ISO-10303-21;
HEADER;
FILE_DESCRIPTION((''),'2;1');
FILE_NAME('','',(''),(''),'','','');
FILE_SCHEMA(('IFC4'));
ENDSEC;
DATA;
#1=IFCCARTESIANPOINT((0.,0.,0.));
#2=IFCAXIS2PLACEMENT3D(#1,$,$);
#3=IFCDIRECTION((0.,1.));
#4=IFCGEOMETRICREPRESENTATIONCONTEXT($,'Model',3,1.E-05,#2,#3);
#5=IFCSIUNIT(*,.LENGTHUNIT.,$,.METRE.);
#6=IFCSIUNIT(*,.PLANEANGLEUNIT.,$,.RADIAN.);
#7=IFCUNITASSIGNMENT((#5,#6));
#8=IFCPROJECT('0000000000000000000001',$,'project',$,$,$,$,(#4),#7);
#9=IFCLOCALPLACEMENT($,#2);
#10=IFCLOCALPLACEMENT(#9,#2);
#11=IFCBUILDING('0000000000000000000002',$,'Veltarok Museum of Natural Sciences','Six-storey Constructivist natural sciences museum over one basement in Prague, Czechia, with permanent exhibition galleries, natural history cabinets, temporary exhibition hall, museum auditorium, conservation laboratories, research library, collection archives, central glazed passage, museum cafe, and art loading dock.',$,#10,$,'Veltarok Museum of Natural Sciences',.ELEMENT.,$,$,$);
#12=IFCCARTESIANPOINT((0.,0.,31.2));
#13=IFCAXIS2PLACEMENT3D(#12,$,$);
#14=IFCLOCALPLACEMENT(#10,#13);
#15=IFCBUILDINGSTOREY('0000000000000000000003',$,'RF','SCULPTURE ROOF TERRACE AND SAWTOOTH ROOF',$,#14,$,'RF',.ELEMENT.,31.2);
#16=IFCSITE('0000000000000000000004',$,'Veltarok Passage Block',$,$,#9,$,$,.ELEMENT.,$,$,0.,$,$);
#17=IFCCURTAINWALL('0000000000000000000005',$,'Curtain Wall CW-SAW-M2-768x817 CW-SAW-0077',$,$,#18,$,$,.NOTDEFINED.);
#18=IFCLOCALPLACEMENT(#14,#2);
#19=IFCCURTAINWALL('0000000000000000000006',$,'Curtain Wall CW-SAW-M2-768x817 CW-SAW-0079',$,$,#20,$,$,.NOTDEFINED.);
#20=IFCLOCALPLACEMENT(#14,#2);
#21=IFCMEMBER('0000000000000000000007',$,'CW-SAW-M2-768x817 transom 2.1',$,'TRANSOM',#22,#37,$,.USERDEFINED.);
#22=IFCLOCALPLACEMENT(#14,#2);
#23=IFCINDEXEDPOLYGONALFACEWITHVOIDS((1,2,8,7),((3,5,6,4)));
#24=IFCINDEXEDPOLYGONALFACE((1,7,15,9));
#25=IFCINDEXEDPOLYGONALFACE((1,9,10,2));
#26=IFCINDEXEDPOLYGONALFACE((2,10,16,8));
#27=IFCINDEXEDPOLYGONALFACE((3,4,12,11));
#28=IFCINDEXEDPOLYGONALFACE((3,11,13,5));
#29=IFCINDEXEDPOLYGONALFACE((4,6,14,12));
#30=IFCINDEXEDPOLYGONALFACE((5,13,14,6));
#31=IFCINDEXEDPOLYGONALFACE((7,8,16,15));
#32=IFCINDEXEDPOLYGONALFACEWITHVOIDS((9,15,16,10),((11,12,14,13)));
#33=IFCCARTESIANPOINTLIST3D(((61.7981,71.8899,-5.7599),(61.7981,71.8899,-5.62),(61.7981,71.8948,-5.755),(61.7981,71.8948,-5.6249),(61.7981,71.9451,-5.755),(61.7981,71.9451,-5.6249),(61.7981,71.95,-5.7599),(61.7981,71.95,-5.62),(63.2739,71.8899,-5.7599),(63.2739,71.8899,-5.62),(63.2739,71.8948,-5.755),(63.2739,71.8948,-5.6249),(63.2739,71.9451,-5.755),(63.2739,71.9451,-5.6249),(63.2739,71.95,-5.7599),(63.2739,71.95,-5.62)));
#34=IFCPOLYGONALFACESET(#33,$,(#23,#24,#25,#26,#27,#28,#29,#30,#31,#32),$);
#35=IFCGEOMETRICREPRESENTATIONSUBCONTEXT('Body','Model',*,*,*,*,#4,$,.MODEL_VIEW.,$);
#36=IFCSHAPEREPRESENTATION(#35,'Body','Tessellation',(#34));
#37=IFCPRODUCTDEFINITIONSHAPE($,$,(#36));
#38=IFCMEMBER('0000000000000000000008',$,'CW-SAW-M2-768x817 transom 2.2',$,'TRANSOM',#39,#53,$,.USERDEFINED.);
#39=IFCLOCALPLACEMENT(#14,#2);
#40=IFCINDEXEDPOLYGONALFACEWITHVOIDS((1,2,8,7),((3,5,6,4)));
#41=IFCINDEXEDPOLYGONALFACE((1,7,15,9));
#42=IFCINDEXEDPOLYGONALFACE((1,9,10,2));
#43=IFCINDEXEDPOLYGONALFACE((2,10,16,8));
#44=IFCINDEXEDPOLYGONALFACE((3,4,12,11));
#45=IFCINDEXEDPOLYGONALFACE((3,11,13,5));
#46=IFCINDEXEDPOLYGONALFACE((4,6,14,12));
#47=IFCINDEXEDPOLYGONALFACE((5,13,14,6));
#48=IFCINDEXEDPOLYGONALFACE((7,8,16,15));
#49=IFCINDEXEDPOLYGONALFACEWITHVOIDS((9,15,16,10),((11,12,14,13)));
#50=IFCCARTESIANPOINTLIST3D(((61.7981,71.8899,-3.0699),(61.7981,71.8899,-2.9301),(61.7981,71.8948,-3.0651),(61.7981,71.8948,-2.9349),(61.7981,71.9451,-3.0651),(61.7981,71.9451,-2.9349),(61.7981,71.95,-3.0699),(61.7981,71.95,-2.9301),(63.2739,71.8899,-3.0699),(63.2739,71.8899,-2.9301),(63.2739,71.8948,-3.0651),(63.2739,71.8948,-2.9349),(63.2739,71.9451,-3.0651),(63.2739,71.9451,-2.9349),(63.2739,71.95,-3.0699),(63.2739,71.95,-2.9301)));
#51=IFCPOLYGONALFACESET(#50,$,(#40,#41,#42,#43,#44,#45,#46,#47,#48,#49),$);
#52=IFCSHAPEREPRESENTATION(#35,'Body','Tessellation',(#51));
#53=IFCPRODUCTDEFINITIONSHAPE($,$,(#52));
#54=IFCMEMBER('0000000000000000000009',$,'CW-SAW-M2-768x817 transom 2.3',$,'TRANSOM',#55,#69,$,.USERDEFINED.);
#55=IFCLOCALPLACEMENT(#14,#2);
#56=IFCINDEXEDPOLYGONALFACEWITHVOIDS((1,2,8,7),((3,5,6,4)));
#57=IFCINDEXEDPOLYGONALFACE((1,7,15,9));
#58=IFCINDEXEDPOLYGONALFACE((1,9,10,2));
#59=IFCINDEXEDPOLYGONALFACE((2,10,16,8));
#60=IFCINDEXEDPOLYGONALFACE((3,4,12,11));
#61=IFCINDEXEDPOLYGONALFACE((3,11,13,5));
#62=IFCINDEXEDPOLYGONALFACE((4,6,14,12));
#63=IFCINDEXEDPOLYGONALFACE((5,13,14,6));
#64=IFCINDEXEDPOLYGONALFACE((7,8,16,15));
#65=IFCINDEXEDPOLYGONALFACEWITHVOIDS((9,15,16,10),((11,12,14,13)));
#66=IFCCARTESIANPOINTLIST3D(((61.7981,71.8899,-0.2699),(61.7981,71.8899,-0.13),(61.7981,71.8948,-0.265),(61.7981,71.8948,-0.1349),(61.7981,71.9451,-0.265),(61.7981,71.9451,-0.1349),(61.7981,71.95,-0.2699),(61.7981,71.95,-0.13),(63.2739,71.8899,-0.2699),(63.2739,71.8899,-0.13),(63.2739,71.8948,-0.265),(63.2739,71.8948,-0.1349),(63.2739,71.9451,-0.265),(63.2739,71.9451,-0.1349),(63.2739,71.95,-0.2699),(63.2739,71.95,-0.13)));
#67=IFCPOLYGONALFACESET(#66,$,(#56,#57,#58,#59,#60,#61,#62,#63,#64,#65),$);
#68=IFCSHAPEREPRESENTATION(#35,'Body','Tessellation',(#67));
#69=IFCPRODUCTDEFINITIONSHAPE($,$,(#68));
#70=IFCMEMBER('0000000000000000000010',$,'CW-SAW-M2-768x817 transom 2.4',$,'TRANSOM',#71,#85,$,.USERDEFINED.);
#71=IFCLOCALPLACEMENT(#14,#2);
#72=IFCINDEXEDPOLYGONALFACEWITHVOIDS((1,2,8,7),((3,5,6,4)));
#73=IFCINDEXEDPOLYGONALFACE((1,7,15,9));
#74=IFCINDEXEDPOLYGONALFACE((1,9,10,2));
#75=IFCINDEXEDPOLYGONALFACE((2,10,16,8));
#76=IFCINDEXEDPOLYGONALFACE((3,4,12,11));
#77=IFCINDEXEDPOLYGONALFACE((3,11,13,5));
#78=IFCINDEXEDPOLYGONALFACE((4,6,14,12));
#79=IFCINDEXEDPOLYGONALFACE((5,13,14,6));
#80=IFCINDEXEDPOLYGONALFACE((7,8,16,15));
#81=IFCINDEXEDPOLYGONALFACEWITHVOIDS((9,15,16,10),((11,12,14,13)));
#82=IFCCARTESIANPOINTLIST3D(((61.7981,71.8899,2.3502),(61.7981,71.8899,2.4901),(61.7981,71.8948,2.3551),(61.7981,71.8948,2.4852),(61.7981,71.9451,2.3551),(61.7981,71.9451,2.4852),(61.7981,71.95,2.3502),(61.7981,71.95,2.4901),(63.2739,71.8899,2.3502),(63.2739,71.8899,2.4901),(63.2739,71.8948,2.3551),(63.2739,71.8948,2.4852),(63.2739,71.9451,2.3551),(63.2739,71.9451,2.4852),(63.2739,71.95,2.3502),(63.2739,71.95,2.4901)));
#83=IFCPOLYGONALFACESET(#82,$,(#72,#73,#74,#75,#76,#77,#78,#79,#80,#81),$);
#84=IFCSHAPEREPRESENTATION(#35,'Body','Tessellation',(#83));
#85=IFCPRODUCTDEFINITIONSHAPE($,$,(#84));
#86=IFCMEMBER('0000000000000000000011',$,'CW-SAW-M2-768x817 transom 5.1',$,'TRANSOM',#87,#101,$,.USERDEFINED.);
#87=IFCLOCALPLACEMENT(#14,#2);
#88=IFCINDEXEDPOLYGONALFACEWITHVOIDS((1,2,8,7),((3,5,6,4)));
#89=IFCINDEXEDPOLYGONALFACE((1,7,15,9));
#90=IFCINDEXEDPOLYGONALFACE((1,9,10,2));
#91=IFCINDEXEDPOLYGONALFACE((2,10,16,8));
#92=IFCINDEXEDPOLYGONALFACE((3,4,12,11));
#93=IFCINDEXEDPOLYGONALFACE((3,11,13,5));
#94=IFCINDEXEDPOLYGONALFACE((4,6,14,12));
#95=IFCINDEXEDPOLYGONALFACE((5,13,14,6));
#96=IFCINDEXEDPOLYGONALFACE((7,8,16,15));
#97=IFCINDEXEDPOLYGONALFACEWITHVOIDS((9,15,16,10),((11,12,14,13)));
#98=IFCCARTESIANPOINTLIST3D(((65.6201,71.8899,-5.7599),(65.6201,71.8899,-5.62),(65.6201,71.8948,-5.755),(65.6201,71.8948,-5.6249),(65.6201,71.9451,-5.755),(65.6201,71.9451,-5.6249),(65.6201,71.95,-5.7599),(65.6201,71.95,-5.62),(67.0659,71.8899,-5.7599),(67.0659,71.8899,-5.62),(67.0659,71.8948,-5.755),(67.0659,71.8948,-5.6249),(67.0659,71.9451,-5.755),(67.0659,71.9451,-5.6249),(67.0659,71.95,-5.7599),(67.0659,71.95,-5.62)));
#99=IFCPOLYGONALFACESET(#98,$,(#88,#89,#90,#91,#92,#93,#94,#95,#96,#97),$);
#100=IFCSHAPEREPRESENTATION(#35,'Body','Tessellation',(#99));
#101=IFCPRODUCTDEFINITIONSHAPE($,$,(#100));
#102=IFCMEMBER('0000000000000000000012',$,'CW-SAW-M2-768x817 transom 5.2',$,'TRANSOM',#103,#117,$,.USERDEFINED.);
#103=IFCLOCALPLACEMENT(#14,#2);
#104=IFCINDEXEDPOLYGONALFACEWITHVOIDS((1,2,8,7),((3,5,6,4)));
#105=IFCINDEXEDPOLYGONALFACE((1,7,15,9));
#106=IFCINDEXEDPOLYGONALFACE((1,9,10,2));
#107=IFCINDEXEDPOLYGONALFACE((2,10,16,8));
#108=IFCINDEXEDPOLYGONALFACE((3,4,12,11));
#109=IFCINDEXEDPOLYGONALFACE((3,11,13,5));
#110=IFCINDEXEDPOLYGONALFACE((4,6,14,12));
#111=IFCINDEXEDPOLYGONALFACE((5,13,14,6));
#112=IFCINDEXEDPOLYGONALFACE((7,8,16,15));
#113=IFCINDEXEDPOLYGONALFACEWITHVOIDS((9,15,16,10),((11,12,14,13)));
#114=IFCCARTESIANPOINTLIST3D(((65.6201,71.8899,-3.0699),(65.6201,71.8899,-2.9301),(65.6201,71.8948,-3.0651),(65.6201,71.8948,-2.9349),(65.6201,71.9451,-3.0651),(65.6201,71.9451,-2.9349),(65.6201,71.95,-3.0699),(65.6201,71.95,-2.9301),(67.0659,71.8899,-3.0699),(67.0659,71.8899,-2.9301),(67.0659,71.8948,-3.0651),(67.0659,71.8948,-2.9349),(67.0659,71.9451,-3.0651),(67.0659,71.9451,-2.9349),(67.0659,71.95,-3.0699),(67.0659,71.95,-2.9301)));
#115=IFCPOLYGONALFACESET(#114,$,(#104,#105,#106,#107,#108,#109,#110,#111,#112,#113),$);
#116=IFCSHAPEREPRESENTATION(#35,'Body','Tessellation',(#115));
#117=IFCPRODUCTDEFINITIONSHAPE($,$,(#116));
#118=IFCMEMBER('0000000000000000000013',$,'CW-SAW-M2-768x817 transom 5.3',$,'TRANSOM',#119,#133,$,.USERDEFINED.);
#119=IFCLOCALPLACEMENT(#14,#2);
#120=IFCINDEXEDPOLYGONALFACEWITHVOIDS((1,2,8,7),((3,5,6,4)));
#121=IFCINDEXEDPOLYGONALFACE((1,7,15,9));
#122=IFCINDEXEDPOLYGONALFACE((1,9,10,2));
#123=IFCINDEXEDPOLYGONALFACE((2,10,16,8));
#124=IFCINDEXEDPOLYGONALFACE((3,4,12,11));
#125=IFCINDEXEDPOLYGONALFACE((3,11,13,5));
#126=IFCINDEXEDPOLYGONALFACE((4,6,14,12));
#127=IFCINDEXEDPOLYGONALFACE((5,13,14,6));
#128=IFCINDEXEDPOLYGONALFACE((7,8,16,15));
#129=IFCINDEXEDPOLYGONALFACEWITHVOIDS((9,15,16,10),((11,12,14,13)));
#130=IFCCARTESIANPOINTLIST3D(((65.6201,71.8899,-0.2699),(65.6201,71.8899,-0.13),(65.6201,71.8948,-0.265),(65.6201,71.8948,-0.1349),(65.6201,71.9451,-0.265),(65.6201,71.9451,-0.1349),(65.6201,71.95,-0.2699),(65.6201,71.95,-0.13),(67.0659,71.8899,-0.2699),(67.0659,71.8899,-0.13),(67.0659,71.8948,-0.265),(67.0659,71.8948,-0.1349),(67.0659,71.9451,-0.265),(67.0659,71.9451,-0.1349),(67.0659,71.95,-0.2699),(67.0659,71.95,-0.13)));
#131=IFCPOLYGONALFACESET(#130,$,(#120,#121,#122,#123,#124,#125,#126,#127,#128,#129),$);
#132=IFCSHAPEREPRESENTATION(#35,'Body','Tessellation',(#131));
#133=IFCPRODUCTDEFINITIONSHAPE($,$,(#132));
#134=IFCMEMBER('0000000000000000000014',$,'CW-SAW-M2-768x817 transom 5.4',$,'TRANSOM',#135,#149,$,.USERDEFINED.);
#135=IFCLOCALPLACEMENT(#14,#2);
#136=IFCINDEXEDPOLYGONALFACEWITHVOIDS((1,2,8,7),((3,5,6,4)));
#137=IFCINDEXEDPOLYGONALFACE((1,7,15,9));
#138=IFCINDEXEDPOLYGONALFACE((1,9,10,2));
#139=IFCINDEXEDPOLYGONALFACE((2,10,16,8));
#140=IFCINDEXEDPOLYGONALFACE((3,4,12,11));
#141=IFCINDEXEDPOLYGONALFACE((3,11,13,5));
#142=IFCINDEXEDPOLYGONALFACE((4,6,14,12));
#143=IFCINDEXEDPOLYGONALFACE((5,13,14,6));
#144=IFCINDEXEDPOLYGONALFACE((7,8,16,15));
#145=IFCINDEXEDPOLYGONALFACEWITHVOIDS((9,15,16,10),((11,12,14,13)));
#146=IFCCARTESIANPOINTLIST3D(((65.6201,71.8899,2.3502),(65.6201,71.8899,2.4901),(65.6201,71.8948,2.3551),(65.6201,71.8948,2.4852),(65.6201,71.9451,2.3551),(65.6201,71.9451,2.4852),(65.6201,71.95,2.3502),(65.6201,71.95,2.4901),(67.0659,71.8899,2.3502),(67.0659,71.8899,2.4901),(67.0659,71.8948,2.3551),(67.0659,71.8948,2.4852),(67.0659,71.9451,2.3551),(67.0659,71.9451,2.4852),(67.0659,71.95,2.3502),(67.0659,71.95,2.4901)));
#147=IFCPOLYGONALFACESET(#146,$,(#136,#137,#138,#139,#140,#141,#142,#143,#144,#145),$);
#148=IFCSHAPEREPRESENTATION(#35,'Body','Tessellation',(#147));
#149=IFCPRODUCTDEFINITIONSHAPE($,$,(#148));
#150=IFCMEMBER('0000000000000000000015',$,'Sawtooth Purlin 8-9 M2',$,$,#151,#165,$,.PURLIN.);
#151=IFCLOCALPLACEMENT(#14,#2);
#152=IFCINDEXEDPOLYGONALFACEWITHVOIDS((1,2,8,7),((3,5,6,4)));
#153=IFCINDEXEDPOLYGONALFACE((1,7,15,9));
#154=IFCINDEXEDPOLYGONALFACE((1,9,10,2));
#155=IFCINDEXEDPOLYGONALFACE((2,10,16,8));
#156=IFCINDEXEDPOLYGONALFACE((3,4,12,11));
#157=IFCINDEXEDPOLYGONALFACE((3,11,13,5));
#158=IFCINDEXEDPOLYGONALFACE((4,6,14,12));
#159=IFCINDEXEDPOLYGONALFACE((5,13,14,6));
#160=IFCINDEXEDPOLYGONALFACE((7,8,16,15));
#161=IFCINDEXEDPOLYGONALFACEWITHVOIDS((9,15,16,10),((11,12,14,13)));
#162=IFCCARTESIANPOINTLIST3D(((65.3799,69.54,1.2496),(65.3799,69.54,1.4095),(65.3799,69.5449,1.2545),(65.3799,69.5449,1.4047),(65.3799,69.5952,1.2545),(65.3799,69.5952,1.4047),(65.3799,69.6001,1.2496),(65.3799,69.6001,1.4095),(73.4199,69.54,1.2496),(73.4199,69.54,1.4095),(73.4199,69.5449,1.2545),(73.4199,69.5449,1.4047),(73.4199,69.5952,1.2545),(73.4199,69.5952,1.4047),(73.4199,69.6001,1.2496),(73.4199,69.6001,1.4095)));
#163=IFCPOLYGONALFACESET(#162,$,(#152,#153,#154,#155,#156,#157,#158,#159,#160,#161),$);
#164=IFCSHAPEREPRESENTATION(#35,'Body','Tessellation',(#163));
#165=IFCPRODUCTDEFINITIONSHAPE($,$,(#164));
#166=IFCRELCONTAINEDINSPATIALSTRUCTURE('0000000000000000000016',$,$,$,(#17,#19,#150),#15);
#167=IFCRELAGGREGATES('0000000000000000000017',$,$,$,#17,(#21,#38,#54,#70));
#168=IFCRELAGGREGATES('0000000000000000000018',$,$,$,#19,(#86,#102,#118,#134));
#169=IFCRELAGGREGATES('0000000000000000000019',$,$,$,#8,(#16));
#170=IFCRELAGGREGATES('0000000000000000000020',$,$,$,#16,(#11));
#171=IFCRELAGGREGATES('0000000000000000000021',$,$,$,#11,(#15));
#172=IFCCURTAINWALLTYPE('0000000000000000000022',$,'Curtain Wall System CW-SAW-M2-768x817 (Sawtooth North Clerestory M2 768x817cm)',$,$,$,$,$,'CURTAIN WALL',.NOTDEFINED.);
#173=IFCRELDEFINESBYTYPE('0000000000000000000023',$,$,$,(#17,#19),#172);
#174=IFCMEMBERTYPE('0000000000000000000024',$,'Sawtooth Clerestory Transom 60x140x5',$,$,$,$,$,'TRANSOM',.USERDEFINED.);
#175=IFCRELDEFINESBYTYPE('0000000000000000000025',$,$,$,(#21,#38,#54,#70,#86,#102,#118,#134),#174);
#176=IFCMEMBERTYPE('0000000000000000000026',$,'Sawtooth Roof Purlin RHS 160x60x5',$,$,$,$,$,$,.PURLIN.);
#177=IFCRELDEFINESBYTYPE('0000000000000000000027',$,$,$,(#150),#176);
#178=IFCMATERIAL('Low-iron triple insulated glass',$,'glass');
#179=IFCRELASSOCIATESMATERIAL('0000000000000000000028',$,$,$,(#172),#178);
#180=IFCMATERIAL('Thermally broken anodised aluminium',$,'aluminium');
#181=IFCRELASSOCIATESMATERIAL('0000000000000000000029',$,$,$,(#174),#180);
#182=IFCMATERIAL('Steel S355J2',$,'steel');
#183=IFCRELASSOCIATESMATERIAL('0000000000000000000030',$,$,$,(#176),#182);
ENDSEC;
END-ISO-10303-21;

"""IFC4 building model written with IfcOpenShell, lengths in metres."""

from ifc_helpers import new_model, si_unit, direction, frame, origin, origin_2d, place, context, subcontext, project, spatial, hollow_rectangle, extrude, material, material_profile, profile_set, type_object, element, aggregate, save


model = new_model("IFC4")

# Units and contexts
model_context = context("Model", 3, precision=1e-05, world=origin(), true_north=direction((0.0, 1.0)))
body_context = subcontext(model_context, "Body", "Model", "MODEL_VIEW")
ifc_project = project(units=[si_unit("LENGTHUNIT", "METRE"), si_unit("PLANEANGLEUNIT", "RADIAN")], contexts=[model_context])

# Site, building, storey
site_placement = place(None, origin())
site = spatial("IfcSite", under=ifc_project, at=site_placement, Name="Veltarok Passage Block", CompositionType="ELEMENT", RefElevation=0.0)
building_placement = place(site_placement, origin())
building = spatial("IfcBuilding", under=site, at=building_placement, Name="Veltarok Museum of Natural Sciences", Description="Six-storey Constructivist natural sciences museum over one basement in Prague, Czechia, with permanent exhibition galleries, natural history cabinets, temporary exhibition hall, museum auditorium, conservation laboratories, research library, collection archives, central glazed passage, museum cafe, and art loading dock.", LongName="Veltarok Museum of Natural Sciences", CompositionType="ELEMENT")
storey_placement = place(building_placement, frame((0.0, 0.0, 31.2)))
storey = spatial("IfcBuildingStorey", under=building, at=storey_placement, Name="RF", Description="SCULPTURE ROOF TERRACE AND SAWTOOTH ROOF", LongName="RF", CompositionType="ELEMENT", Elevation=31.2)

# Shared definitions
ifc_material_1 = material(Name="Steel S355J2", Category="steel")

# Curtain walls
ifc_material_2 = material(Name="Low-iron triple insulated glass", Category="glass")
curtain_wall_type = type_object("IfcCurtainWallType", Name="Curtain Wall System CW-SAW-M2-768x817 (Sawtooth North Clerestory M2 768x817cm)", ElementType="CURTAIN WALL", PredefinedType="NOTDEFINED", material=ifc_material_2)
curtain_wall_1_placement = place(storey_placement, origin())
curtain_wall_1 = element("IfcCurtainWall", 1, at=curtain_wall_1_placement, inside=storey, type_object=curtain_wall_type, Name="Curtain Wall CW-SAW-M2-768x817 CW-SAW-0077", PredefinedType="NOTDEFINED")
ifc_material_3 = material(Name="Thermally broken anodised aluminium", Category="aluminium")
curtain_wall_2_placement = place(storey_placement, origin())
curtain_wall_2 = element("IfcCurtainWall", 2, at=curtain_wall_2_placement, inside=storey, type_object=curtain_wall_type, Name="Curtain Wall CW-SAW-M2-768x817 CW-SAW-0079", PredefinedType="NOTDEFINED")

# Members
ifc_material_profile_1 = material_profile(ifc_material_3, hollow_rectangle(XDim=0.0601, YDim=0.1399, WallThickness=0.0049, at=origin_2d()), Name="CW TRANSOM 60x140x5")
ifc_profile_set_1 = profile_set([ifc_material_profile_1], Name="Thermally broken anodised aluminium")
member_type_1 = type_object("IfcMemberType", Name="Sawtooth Clerestory Transom 60x140x5", ElementType="TRANSOM", PredefinedType="USERDEFINED", material=ifc_profile_set_1)
member_1_placement = place(storey_placement, frame((63.2739, 71.9199, -5.6899), z_axis=(-1.0, 0.0, 0.0), x_axis=(0.0, -1.0, 0.0)))
member_1 = element("IfcMember", 3, at=member_1_placement, type_object=member_type_1, Name="CW-SAW-M2-768x817 transom 2.1", ObjectType="TRANSOM", PredefinedType="USERDEFINED", context=body_context, shape_type="SweptSolid", body=[
    extrude(hollow_rectangle(XDim=0.0601, YDim=0.1399, WallThickness=0.0049, at=origin_2d()), origin(), (0.0, 0.0, 1.0), 1.4758),
])
member_2_placement = place(storey_placement, frame((63.2739, 71.9199, -3.0), z_axis=(-1.0, 0.0, 0.0), x_axis=(0.0, -1.0, 0.0)))
member_2 = element("IfcMember", 4, at=member_2_placement, type_object=member_type_1, Name="CW-SAW-M2-768x817 transom 2.2", ObjectType="TRANSOM", PredefinedType="USERDEFINED", context=body_context, shape_type="SweptSolid", body=[
    extrude(hollow_rectangle(XDim=0.0601, YDim=0.1399, WallThickness=0.0049, at=origin_2d()), origin(), (0.0, 0.0, 1.0), 1.4758),
])
member_3_placement = place(storey_placement, frame((63.2739, 71.9199, -0.2), z_axis=(-1.0, 0.0, 0.0), x_axis=(0.0, -1.0, 0.0)))
member_3 = element("IfcMember", 5, at=member_3_placement, type_object=member_type_1, Name="CW-SAW-M2-768x817 transom 2.3", ObjectType="TRANSOM", PredefinedType="USERDEFINED", context=body_context, shape_type="SweptSolid", body=[
    extrude(hollow_rectangle(XDim=0.0601, YDim=0.1399, WallThickness=0.0049, at=origin_2d()), origin(), (0.0, 0.0, 1.0), 1.4758),
])
member_4_placement = place(storey_placement, frame((63.2739, 71.9199, 2.4202), z_axis=(-1.0, 0.0, 0.0), x_axis=(0.0, -1.0, 0.0)))
member_4 = element("IfcMember", 6, at=member_4_placement, type_object=member_type_1, Name="CW-SAW-M2-768x817 transom 2.4", ObjectType="TRANSOM", PredefinedType="USERDEFINED", context=body_context, shape_type="SweptSolid", body=[
    extrude(hollow_rectangle(XDim=0.0601, YDim=0.1399, WallThickness=0.0049, at=origin_2d()), origin(), (0.0, 0.0, 1.0), 1.4758),
])
member_5_placement = place(storey_placement, frame((67.0659, 71.9199, -5.6899), z_axis=(-1.0, 0.0, 0.0), x_axis=(0.0, -1.0, 0.0)))
member_5 = element("IfcMember", 7, at=member_5_placement, type_object=member_type_1, Name="CW-SAW-M2-768x817 transom 5.1", ObjectType="TRANSOM", PredefinedType="USERDEFINED", context=body_context, shape_type="SweptSolid", body=[
    extrude(hollow_rectangle(XDim=0.0601, YDim=0.1399, WallThickness=0.0049, at=origin_2d()), origin(), (0.0, 0.0, 1.0), 1.4458),
])
member_6_placement = place(storey_placement, frame((67.0659, 71.9199, -3.0), z_axis=(-1.0, 0.0, 0.0), x_axis=(0.0, -1.0, 0.0)))
member_6 = element("IfcMember", 8, at=member_6_placement, type_object=member_type_1, Name="CW-SAW-M2-768x817 transom 5.2", ObjectType="TRANSOM", PredefinedType="USERDEFINED", context=body_context, shape_type="SweptSolid", body=[
    extrude(hollow_rectangle(XDim=0.0601, YDim=0.1399, WallThickness=0.0049, at=origin_2d()), origin(), (0.0, 0.0, 1.0), 1.4458),
])
member_7_placement = place(storey_placement, frame((67.0659, 71.9199, -0.2), z_axis=(-1.0, 0.0, 0.0), x_axis=(0.0, -1.0, 0.0)))
member_7 = element("IfcMember", 9, at=member_7_placement, type_object=member_type_1, Name="CW-SAW-M2-768x817 transom 5.3", ObjectType="TRANSOM", PredefinedType="USERDEFINED", context=body_context, shape_type="SweptSolid", body=[
    extrude(hollow_rectangle(XDim=0.0601, YDim=0.1399, WallThickness=0.0049, at=origin_2d()), origin(), (0.0, 0.0, 1.0), 1.4458),
])
member_8_placement = place(storey_placement, frame((67.0659, 71.9199, 2.4202), z_axis=(-1.0, 0.0, 0.0), x_axis=(0.0, -1.0, 0.0)))
member_8 = element("IfcMember", 10, at=member_8_placement, type_object=member_type_1, Name="CW-SAW-M2-768x817 transom 5.4", ObjectType="TRANSOM", PredefinedType="USERDEFINED", context=body_context, shape_type="SweptSolid", body=[
    extrude(hollow_rectangle(XDim=0.0601, YDim=0.1399, WallThickness=0.0049, at=origin_2d()), origin(), (0.0, 0.0, 1.0), 1.4458),
])

# Member
ifc_material_profile_2 = material_profile(ifc_material_1, hollow_rectangle(XDim=0.0601, YDim=0.1599, WallThickness=0.0049, at=origin_2d()), Name="RHS 160x60x5")
ifc_profile_set_2 = profile_set([ifc_material_profile_2], Name="Steel S355J2")
member_type_2 = type_object("IfcMemberType", Name="Sawtooth Roof Purlin RHS 160x60x5", PredefinedType="PURLIN", material=ifc_profile_set_2)
member_9_placement = place(storey_placement, frame((65.3799, 69.5701, 1.3296), z_axis=(1.0, 0.0, 0.0), x_axis=(0.0, 1.0, 0.0)))
element("IfcMember", 11, at=member_9_placement, inside=storey, type_object=member_type_2, Name="Sawtooth Purlin 8-9 M2", PredefinedType="PURLIN", context=body_context, shape_type="SweptSolid", body=[
    extrude(hollow_rectangle(XDim=0.0601, YDim=0.1599, WallThickness=0.0049, at=origin_2d()), origin(), (0.0, 0.0, 1.0), 8.04),
])

aggregate(curtain_wall_1, [member_1, member_2, member_3, member_4])
aggregate(curtain_wall_2, [member_5, member_6, member_7, member_8])

save(model, "model.ifc")
